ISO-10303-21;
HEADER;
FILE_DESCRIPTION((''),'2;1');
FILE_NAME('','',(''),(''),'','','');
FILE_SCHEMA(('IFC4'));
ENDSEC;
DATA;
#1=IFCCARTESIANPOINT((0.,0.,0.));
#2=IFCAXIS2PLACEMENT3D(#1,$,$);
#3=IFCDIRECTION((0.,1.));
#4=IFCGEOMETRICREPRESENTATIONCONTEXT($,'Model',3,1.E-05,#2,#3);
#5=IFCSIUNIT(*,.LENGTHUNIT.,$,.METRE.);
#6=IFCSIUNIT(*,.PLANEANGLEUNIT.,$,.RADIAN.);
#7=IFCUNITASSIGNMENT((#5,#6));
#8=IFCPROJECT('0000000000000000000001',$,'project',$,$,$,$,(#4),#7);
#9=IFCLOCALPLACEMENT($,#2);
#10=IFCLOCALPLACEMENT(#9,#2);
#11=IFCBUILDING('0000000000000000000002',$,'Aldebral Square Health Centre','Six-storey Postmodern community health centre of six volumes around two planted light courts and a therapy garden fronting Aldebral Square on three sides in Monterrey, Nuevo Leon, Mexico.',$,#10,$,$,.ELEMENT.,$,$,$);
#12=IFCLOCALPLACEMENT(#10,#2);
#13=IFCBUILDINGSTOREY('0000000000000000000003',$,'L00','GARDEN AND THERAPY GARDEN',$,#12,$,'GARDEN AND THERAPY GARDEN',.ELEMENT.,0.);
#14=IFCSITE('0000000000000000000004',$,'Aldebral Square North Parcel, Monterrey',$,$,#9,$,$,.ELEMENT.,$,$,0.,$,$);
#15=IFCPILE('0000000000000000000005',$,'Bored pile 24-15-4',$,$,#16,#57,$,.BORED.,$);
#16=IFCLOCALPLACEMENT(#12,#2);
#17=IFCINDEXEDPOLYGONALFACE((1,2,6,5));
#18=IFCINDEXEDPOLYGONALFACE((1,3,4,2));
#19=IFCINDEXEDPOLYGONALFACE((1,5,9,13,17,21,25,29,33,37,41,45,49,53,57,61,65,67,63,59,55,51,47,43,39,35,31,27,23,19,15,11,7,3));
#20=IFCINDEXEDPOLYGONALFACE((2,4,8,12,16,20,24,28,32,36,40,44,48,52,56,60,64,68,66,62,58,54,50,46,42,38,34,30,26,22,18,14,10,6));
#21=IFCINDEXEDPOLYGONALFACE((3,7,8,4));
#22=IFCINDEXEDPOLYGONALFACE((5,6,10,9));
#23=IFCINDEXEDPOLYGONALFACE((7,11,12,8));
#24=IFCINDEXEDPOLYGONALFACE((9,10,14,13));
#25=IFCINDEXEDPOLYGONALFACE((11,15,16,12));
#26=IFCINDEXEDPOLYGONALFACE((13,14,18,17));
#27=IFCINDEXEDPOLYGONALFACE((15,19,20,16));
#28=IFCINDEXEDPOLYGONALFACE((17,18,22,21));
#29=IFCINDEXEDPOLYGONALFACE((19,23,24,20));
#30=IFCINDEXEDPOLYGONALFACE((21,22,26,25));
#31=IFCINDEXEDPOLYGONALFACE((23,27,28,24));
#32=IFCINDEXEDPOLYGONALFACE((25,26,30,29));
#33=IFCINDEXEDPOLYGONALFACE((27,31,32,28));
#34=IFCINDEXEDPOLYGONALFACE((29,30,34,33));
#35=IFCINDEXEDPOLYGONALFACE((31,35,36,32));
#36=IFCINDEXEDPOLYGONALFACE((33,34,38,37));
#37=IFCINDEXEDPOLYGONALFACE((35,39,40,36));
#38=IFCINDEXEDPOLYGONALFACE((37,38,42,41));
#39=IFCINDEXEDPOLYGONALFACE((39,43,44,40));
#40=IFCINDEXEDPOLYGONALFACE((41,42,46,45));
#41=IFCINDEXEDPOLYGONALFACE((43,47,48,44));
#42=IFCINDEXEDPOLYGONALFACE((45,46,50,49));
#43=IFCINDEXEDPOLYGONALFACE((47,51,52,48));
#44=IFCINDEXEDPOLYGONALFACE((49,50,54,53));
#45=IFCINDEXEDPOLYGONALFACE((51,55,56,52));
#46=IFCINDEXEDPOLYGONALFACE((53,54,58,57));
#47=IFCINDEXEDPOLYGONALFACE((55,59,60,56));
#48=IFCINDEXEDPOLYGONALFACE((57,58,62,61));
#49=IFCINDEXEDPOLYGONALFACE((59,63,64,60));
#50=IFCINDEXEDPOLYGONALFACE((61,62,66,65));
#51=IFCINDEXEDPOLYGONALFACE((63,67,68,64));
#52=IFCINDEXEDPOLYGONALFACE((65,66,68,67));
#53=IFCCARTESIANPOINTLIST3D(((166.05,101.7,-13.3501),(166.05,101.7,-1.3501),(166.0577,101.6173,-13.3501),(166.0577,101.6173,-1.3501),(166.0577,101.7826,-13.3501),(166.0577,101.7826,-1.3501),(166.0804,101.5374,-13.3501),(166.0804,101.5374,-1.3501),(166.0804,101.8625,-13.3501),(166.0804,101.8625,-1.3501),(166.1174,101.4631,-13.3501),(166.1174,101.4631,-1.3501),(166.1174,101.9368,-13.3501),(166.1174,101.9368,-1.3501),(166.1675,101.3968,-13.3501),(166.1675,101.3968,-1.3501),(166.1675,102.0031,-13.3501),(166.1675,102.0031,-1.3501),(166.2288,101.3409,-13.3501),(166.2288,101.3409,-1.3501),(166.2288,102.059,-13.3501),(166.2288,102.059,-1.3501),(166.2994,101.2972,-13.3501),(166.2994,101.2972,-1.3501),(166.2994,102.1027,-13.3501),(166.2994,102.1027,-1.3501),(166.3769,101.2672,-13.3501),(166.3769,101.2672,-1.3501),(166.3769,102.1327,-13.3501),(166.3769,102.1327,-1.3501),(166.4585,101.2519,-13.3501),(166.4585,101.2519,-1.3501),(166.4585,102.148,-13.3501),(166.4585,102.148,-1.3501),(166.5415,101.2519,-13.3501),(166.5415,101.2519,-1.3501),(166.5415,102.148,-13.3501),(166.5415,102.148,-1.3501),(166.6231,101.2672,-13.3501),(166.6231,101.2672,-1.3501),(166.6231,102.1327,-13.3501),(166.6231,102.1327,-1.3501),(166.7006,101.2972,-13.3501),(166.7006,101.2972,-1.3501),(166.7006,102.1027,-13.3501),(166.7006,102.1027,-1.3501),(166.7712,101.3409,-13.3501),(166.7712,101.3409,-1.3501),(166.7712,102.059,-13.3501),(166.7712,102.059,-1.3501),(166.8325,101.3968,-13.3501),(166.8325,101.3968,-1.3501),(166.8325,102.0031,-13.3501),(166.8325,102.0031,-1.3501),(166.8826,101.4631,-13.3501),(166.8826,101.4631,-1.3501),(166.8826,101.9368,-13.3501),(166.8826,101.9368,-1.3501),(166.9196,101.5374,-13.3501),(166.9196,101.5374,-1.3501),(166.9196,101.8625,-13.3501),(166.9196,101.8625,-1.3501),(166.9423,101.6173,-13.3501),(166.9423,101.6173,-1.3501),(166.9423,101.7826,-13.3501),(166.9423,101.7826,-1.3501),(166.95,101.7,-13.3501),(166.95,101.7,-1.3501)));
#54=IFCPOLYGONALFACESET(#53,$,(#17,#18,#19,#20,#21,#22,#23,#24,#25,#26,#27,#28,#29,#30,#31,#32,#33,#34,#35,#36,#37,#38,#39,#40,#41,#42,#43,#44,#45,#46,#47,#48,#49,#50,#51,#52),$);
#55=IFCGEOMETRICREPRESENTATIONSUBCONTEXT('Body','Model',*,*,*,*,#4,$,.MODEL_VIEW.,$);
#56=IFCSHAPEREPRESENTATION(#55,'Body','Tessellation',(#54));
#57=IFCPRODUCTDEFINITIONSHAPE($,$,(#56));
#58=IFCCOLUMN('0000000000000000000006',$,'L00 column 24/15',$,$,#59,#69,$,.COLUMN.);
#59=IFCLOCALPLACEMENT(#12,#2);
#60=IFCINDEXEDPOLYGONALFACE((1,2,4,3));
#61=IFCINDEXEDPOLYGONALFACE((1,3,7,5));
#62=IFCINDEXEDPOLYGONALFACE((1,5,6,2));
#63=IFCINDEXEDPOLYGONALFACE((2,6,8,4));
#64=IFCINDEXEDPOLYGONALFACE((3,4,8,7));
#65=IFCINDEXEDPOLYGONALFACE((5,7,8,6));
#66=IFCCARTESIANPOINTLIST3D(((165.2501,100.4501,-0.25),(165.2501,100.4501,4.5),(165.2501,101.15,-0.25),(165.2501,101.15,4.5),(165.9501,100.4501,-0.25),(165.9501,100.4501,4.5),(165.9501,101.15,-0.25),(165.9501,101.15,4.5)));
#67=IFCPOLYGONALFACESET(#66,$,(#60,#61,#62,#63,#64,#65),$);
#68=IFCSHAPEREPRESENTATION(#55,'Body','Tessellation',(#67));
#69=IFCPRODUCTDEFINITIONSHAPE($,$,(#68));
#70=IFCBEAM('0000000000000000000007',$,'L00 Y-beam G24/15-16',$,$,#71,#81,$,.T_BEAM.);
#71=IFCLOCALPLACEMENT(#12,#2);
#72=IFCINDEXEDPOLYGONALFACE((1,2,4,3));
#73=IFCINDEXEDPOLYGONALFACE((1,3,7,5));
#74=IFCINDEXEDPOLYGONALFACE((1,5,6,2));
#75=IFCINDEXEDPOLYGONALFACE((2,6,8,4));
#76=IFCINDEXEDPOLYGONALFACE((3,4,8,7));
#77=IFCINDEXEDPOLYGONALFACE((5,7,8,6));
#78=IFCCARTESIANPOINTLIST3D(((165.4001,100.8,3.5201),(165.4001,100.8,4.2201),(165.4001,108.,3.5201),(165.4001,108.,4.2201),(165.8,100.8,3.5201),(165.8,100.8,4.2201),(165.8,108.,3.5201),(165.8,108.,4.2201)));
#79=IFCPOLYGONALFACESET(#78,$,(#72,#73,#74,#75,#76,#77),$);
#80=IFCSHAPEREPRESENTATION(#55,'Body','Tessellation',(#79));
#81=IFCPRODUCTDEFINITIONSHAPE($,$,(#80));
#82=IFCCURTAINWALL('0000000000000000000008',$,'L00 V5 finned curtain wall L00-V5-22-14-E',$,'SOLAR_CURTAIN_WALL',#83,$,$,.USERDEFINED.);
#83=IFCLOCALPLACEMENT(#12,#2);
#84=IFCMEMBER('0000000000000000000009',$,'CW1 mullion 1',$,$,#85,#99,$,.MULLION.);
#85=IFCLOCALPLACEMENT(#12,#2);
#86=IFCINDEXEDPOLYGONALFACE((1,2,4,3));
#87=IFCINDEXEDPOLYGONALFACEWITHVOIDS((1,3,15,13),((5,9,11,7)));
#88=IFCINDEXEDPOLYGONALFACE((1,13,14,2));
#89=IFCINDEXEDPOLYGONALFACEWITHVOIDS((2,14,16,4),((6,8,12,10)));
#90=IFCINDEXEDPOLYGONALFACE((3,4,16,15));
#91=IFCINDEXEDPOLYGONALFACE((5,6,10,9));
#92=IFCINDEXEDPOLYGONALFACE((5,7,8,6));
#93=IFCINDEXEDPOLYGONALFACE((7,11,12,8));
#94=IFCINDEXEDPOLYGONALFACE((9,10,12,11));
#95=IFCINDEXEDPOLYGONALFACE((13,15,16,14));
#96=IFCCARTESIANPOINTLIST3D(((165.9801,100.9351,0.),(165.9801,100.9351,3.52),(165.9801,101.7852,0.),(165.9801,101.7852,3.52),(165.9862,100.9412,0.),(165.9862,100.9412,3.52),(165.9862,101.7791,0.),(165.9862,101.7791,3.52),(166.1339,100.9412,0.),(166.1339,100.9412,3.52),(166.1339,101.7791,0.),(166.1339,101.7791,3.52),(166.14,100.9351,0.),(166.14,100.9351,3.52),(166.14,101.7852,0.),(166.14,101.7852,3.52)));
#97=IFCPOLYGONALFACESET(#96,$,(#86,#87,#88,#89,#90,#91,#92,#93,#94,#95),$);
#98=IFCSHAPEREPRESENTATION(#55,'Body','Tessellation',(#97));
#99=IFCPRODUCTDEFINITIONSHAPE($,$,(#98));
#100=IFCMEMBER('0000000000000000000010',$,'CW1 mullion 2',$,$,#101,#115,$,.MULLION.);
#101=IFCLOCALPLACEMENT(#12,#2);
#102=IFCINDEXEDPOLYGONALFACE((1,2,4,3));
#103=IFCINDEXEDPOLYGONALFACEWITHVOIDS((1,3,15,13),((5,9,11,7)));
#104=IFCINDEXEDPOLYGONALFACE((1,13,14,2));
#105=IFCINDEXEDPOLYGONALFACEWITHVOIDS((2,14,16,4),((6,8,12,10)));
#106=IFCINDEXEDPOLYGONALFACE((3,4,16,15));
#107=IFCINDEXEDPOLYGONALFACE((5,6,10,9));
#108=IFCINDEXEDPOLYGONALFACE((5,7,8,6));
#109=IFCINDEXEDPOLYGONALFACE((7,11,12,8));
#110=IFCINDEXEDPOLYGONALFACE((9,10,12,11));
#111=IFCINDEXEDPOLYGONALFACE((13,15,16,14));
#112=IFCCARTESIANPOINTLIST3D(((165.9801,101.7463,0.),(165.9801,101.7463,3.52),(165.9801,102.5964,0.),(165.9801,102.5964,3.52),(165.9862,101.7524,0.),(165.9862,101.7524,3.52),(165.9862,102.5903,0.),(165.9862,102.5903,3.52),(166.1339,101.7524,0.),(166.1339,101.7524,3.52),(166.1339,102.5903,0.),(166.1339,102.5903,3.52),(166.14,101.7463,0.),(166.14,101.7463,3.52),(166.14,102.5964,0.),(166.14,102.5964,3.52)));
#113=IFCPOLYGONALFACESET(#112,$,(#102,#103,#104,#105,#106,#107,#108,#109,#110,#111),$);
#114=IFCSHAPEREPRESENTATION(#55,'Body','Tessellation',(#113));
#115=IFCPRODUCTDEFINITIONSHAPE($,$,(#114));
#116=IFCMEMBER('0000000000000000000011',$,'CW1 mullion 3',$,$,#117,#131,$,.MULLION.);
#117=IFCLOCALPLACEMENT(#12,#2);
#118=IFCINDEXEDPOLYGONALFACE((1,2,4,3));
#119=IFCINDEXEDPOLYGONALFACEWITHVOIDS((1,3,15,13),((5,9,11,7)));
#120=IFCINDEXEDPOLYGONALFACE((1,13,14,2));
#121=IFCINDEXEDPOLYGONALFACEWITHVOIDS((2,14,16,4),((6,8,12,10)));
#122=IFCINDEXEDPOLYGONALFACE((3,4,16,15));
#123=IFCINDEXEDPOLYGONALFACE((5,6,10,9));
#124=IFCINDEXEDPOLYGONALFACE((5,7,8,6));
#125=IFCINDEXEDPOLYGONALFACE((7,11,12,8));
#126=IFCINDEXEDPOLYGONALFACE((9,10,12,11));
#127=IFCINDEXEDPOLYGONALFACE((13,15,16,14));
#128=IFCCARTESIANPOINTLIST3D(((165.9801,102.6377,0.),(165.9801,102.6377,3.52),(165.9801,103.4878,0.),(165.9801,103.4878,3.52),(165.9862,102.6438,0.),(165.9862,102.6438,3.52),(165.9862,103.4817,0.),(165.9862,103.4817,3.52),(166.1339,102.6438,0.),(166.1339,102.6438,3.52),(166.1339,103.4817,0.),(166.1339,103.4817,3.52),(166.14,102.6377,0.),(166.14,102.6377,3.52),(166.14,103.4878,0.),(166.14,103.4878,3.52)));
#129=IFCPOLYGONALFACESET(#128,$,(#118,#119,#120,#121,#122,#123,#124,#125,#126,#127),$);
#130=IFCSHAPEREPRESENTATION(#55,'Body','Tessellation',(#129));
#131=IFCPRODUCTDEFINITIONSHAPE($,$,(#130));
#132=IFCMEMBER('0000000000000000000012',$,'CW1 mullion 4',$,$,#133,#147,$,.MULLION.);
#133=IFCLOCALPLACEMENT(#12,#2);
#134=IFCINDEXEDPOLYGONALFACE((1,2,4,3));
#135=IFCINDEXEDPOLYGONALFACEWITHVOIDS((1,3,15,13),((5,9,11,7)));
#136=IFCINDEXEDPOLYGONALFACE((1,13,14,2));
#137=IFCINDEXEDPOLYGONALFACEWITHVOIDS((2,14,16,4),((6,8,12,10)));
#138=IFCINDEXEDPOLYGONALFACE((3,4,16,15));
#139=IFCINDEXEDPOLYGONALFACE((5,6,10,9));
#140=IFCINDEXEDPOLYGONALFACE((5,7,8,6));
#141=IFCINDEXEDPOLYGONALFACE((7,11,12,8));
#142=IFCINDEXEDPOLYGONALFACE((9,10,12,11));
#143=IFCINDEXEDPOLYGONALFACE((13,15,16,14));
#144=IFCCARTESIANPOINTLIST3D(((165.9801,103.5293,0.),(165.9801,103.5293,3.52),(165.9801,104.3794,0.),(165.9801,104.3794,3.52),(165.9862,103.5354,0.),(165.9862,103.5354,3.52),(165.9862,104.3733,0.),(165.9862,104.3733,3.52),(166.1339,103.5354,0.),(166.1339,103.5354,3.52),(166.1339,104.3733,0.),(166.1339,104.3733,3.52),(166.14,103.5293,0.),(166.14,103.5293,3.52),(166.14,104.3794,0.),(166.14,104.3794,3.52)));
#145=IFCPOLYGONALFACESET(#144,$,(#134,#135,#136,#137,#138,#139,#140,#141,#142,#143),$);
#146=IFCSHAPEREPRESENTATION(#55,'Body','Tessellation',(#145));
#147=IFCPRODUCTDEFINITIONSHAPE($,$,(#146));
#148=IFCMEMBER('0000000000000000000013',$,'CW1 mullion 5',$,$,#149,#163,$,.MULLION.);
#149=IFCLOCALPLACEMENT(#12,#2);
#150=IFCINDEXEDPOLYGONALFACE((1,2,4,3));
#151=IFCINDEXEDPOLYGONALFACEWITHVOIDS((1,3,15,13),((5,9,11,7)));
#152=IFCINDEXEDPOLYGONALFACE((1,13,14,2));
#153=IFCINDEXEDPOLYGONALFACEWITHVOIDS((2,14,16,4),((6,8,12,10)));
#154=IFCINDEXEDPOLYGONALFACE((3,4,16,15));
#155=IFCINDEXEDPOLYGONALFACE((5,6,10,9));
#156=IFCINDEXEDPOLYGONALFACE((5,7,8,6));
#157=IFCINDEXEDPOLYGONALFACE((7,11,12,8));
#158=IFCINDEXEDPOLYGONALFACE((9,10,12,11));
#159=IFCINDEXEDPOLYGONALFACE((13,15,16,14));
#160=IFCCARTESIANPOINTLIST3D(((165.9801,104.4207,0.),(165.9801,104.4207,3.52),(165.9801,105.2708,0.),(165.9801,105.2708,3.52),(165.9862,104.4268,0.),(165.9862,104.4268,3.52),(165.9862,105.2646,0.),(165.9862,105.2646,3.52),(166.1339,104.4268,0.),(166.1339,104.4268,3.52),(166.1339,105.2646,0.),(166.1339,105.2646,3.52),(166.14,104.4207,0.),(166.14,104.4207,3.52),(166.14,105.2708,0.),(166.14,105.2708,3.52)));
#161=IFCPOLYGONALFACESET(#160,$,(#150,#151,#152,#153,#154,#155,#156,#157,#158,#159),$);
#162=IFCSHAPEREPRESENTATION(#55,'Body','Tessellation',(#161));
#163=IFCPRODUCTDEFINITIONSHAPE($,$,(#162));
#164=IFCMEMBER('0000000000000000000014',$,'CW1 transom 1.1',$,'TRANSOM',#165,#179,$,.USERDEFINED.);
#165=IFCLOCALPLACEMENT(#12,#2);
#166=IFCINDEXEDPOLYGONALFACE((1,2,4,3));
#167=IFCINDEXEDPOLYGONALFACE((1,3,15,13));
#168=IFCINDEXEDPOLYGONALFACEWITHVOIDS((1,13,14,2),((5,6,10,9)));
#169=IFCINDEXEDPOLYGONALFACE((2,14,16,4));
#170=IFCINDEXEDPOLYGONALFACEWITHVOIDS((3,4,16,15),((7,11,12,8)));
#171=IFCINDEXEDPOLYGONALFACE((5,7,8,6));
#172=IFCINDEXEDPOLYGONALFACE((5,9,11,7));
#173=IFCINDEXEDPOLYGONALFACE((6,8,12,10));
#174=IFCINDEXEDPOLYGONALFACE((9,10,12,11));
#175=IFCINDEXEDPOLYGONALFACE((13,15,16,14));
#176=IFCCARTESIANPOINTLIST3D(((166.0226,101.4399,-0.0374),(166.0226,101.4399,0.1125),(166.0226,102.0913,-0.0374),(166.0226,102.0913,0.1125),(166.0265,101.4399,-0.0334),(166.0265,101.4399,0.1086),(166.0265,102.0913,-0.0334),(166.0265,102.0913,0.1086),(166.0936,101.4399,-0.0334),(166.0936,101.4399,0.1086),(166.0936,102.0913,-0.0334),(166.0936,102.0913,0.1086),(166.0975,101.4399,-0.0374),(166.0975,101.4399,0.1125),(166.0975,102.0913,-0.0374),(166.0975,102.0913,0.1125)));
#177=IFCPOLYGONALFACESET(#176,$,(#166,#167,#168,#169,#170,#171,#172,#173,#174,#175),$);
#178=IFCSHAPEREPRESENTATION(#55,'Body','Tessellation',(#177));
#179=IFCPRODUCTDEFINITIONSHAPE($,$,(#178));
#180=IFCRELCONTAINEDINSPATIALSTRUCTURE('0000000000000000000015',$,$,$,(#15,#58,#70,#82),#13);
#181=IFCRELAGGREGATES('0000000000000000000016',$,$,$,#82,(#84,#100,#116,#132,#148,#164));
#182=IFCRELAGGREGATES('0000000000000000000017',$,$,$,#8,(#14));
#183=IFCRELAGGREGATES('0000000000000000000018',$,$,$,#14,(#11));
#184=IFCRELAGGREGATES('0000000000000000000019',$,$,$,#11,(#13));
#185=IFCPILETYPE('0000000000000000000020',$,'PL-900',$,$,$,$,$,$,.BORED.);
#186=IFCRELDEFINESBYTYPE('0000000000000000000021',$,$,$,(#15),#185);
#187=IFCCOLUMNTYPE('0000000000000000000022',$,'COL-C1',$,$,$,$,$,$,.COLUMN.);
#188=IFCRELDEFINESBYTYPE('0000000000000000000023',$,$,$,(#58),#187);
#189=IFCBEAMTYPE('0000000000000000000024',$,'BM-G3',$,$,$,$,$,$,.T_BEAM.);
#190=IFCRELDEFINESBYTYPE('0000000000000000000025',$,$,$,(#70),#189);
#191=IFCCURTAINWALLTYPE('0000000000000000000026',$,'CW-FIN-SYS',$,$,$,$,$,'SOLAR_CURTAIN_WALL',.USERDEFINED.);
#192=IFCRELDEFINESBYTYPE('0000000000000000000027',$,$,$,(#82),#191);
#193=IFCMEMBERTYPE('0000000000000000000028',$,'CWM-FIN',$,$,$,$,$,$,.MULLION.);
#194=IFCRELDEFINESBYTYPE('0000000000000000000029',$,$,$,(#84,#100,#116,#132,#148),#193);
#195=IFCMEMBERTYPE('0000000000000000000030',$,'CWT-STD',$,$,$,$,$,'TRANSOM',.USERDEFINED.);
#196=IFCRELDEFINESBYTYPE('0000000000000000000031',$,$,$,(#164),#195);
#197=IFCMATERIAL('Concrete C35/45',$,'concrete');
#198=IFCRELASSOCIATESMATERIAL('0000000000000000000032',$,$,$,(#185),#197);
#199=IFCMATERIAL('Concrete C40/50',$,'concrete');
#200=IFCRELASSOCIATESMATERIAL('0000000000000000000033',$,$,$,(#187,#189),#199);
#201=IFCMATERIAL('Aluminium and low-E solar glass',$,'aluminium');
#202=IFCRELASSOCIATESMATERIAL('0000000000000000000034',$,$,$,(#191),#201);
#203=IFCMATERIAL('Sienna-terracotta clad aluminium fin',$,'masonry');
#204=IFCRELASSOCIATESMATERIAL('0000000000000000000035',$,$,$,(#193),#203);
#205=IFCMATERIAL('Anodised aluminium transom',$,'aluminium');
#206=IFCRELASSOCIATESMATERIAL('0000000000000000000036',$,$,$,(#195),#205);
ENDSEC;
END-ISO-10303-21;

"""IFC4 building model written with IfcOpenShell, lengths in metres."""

from ifc_helpers import new_model, si_unit, direction, frame, origin, origin_2d, place, context, subcontext, project, spatial, rectangle, hollow_rectangle, circle, extrude, material, material_profile, profile_set, type_object, element, aggregate, save


model = new_model("IFC4")

# Units and contexts
model_context = context("Model", 3, precision=1e-05, world=origin(), true_north=direction((0.0, 1.0)))
body_context = subcontext(model_context, "Body", "Model", "MODEL_VIEW")
ifc_project = project(units=[si_unit("LENGTHUNIT", "METRE"), si_unit("PLANEANGLEUNIT", "RADIAN")], contexts=[model_context])

# Site, building, storey
site_placement = place(None, origin())
site = spatial("IfcSite", under=ifc_project, at=site_placement, Name="Aldebral Square North Parcel, Monterrey", CompositionType="ELEMENT", RefElevation=0.0)
building_placement = place(site_placement, origin())
building = spatial("IfcBuilding", under=site, at=building_placement, Name="Aldebral Square Health Centre", Description="Six-storey Postmodern community health centre of six volumes around two planted light courts and a therapy garden fronting Aldebral Square on three sides in Monterrey, Nuevo Leon, Mexico.", CompositionType="ELEMENT")
storey_placement = place(building_placement, origin())
storey = spatial("IfcBuildingStorey", under=building, at=storey_placement, Name="L00", Description="GARDEN AND THERAPY GARDEN", LongName="GARDEN AND THERAPY GARDEN", CompositionType="ELEMENT", Elevation=0.0)

# Pile
ifc_material_1 = material(Name="Concrete C35/45", Category="concrete")
ifc_material_profile_1 = material_profile(ifc_material_1, circle(Radius=0.45, at=origin_2d()), Name="PILE D900")
ifc_profile_set_1 = profile_set([ifc_material_profile_1], Name="Concrete C35/45")
pile_type = type_object("IfcPileType", Name="PL-900", PredefinedType="BORED", material=ifc_profile_set_1)
pile_placement = place(storey_placement, frame((166.5, 101.7, -1.3501), z_axis=(0.0, 0.0, -1.0), x_axis=(1.0, 0.0, 0.0)))
element("IfcPile", 1, at=pile_placement, inside=storey, type_object=pile_type, Name="Bored pile 24-15-4", PredefinedType="BORED", context=body_context, shape_type="SweptSolid", body=[
    extrude(circle(Radius=0.45, at=origin_2d()), origin(), (0.0, 0.0, 1.0), 12.0),
])

# Column
ifc_material_2 = material(Name="Concrete C40/50", Category="concrete")
ifc_material_profile_2 = material_profile(ifc_material_2, rectangle(XDim=0.7, YDim=0.7, at=origin_2d()), Name="RC 700x700")
ifc_profile_set_2 = profile_set([ifc_material_profile_2], Name="Concrete C40/50")
column_type = type_object("IfcColumnType", Name="COL-C1", PredefinedType="COLUMN", material=ifc_profile_set_2)
column_placement = place(storey_placement, frame((165.6001, 100.8, -0.25), z_axis=(0.0, 0.0, 1.0), x_axis=(1.0, 0.0, 0.0)))
element("IfcColumn", 2, at=column_placement, inside=storey, type_object=column_type, Name="L00 column 24/15", PredefinedType="COLUMN", context=body_context, shape_type="SweptSolid", body=[
    extrude(rectangle(XDim=0.7, YDim=0.7, at=origin_2d()), origin(), (0.0, 0.0, 1.0), 4.75),
])

# Beam
ifc_material_profile_3 = material_profile(ifc_material_2, rectangle(XDim=0.3999, YDim=0.7, at=origin_2d()), Name="RC 400x700")
ifc_profile_set_3 = profile_set([ifc_material_profile_3], Name="Concrete C40/50")
beam_type = type_object("IfcBeamType", Name="BM-G3", PredefinedType="T_BEAM", material=ifc_profile_set_3)
beam_placement = place(storey_placement, frame((165.6001, 100.8, 3.8701), z_axis=(0.0, 1.0, 0.0), x_axis=(-1.0, 0.0, 0.0)))
element("IfcBeam", 3, at=beam_placement, inside=storey, type_object=beam_type, Name="L00 Y-beam G24/15-16", PredefinedType="T_BEAM", context=body_context, shape_type="SweptSolid", body=[
    extrude(rectangle(XDim=0.3999, YDim=0.7, at=origin_2d()), origin(), (0.0, 0.0, 1.0), 7.2),
])

# Curtain wall, members
ifc_material_3 = material(Name="Aluminium and low-E solar glass", Category="aluminium")
curtain_wall_type = type_object("IfcCurtainWallType", Name="CW-FIN-SYS", ElementType="SOLAR_CURTAIN_WALL", PredefinedType="USERDEFINED", material=ifc_material_3)
curtain_wall_placement = place(storey_placement, origin())
curtain_wall = element("IfcCurtainWall", 4, at=curtain_wall_placement, inside=storey, type_object=curtain_wall_type, Name="L00 V5 finned curtain wall L00-V5-22-14-E", ObjectType="SOLAR_CURTAIN_WALL", PredefinedType="USERDEFINED")
ifc_material_4 = material(Name="Sienna-terracotta clad aluminium fin", Category="masonry")
ifc_material_profile_4 = material_profile(ifc_material_4, hollow_rectangle(XDim=0.1599, YDim=0.8501, WallThickness=0.0061, at=origin_2d()), Name="FIN 160x850x6")
ifc_profile_set_4 = profile_set([ifc_material_profile_4], Name="Sienna-terracotta clad aluminium fin")
member_type_1 = type_object("IfcMemberType", Name="CWM-FIN", PredefinedType="MULLION", material=ifc_profile_set_4)
member_1_placement = place(storey_placement, frame((166.0601, 101.3601, 0.0), z_axis=(0.0, 0.0, 1.0), x_axis=(-1.0, 0.0, 0.0)))
member_1 = element("IfcMember", 5, at=member_1_placement, type_object=member_type_1, Name="CW1 mullion 1", PredefinedType="MULLION", context=body_context, shape_type="SweptSolid", body=[
    extrude(hollow_rectangle(XDim=0.1599, YDim=0.8501, WallThickness=0.0061, at=origin_2d()), origin(), (0.0, 0.0, 1.0), 3.52),
])
member_2_placement = place(storey_placement, frame((166.0601, 102.1714, 0.0), z_axis=(0.0, 0.0, 1.0), x_axis=(-1.0, 0.0, 0.0)))
member_2 = element("IfcMember", 6, at=member_2_placement, type_object=member_type_1, Name="CW1 mullion 2", PredefinedType="MULLION", context=body_context, shape_type="SweptSolid", body=[
    extrude(hollow_rectangle(XDim=0.1599, YDim=0.8501, WallThickness=0.0061, at=origin_2d()), origin(), (0.0, 0.0, 1.0), 3.52),
])
member_3_placement = place(storey_placement, frame((166.0601, 103.0627, 0.0), z_axis=(0.0, 0.0, 1.0), x_axis=(-1.0, 0.0, 0.0)))
member_3 = element("IfcMember", 7, at=member_3_placement, type_object=member_type_1, Name="CW1 mullion 3", PredefinedType="MULLION", context=body_context, shape_type="SweptSolid", body=[
    extrude(hollow_rectangle(XDim=0.1599, YDim=0.8501, WallThickness=0.0061, at=origin_2d()), origin(), (0.0, 0.0, 1.0), 3.52),
])
member_4_placement = place(storey_placement, frame((166.0601, 103.9543, 0.0), z_axis=(0.0, 0.0, 1.0), x_axis=(-1.0, 0.0, 0.0)))
member_4 = element("IfcMember", 8, at=member_4_placement, type_object=member_type_1, Name="CW1 mullion 4", PredefinedType="MULLION", context=body_context, shape_type="SweptSolid", body=[
    extrude(hollow_rectangle(XDim=0.1599, YDim=0.8501, WallThickness=0.0061, at=origin_2d()), origin(), (0.0, 0.0, 1.0), 3.52),
])
member_5_placement = place(storey_placement, frame((166.0601, 104.8457, 0.0), z_axis=(0.0, 0.0, 1.0), x_axis=(-1.0, 0.0, 0.0)))
member_5 = element("IfcMember", 9, at=member_5_placement, type_object=member_type_1, Name="CW1 mullion 5", PredefinedType="MULLION", context=body_context, shape_type="SweptSolid", body=[
    extrude(hollow_rectangle(XDim=0.1599, YDim=0.8501, WallThickness=0.0061, at=origin_2d()), origin(), (0.0, 0.0, 1.0), 3.52),
])
ifc_material_5 = material(Name="Anodised aluminium transom", Category="aluminium")
ifc_material_profile_5 = material_profile(ifc_material_5, hollow_rectangle(XDim=0.075, YDim=0.1499, WallThickness=0.0039, at=origin_2d()), Name="CWT 75x150x4")
ifc_profile_set_5 = profile_set([ifc_material_profile_5], Name="Anodised aluminium transom")
member_type_2 = type_object("IfcMemberType", Name="CWT-STD", ElementType="TRANSOM", PredefinedType="USERDEFINED", material=ifc_profile_set_5)
member_6_placement = place(storey_placement, frame((166.0601, 101.4399, 0.0376), z_axis=(0.0, 1.0, 0.0), x_axis=(-1.0, 0.0, 0.0)))
member_6 = element("IfcMember", 10, at=member_6_placement, type_object=member_type_2, Name="CW1 transom 1.1", ObjectType="TRANSOM", PredefinedType="USERDEFINED", context=body_context, shape_type="SweptSolid", body=[
    extrude(hollow_rectangle(XDim=0.075, YDim=0.1499, WallThickness=0.0039, at=origin_2d()), origin(), (0.0, 0.0, 1.0), 0.6514),
])
aggregate(curtain_wall, [member_1, member_2, member_3, member_4, member_5, member_6])

save(model, "model.ifc")
